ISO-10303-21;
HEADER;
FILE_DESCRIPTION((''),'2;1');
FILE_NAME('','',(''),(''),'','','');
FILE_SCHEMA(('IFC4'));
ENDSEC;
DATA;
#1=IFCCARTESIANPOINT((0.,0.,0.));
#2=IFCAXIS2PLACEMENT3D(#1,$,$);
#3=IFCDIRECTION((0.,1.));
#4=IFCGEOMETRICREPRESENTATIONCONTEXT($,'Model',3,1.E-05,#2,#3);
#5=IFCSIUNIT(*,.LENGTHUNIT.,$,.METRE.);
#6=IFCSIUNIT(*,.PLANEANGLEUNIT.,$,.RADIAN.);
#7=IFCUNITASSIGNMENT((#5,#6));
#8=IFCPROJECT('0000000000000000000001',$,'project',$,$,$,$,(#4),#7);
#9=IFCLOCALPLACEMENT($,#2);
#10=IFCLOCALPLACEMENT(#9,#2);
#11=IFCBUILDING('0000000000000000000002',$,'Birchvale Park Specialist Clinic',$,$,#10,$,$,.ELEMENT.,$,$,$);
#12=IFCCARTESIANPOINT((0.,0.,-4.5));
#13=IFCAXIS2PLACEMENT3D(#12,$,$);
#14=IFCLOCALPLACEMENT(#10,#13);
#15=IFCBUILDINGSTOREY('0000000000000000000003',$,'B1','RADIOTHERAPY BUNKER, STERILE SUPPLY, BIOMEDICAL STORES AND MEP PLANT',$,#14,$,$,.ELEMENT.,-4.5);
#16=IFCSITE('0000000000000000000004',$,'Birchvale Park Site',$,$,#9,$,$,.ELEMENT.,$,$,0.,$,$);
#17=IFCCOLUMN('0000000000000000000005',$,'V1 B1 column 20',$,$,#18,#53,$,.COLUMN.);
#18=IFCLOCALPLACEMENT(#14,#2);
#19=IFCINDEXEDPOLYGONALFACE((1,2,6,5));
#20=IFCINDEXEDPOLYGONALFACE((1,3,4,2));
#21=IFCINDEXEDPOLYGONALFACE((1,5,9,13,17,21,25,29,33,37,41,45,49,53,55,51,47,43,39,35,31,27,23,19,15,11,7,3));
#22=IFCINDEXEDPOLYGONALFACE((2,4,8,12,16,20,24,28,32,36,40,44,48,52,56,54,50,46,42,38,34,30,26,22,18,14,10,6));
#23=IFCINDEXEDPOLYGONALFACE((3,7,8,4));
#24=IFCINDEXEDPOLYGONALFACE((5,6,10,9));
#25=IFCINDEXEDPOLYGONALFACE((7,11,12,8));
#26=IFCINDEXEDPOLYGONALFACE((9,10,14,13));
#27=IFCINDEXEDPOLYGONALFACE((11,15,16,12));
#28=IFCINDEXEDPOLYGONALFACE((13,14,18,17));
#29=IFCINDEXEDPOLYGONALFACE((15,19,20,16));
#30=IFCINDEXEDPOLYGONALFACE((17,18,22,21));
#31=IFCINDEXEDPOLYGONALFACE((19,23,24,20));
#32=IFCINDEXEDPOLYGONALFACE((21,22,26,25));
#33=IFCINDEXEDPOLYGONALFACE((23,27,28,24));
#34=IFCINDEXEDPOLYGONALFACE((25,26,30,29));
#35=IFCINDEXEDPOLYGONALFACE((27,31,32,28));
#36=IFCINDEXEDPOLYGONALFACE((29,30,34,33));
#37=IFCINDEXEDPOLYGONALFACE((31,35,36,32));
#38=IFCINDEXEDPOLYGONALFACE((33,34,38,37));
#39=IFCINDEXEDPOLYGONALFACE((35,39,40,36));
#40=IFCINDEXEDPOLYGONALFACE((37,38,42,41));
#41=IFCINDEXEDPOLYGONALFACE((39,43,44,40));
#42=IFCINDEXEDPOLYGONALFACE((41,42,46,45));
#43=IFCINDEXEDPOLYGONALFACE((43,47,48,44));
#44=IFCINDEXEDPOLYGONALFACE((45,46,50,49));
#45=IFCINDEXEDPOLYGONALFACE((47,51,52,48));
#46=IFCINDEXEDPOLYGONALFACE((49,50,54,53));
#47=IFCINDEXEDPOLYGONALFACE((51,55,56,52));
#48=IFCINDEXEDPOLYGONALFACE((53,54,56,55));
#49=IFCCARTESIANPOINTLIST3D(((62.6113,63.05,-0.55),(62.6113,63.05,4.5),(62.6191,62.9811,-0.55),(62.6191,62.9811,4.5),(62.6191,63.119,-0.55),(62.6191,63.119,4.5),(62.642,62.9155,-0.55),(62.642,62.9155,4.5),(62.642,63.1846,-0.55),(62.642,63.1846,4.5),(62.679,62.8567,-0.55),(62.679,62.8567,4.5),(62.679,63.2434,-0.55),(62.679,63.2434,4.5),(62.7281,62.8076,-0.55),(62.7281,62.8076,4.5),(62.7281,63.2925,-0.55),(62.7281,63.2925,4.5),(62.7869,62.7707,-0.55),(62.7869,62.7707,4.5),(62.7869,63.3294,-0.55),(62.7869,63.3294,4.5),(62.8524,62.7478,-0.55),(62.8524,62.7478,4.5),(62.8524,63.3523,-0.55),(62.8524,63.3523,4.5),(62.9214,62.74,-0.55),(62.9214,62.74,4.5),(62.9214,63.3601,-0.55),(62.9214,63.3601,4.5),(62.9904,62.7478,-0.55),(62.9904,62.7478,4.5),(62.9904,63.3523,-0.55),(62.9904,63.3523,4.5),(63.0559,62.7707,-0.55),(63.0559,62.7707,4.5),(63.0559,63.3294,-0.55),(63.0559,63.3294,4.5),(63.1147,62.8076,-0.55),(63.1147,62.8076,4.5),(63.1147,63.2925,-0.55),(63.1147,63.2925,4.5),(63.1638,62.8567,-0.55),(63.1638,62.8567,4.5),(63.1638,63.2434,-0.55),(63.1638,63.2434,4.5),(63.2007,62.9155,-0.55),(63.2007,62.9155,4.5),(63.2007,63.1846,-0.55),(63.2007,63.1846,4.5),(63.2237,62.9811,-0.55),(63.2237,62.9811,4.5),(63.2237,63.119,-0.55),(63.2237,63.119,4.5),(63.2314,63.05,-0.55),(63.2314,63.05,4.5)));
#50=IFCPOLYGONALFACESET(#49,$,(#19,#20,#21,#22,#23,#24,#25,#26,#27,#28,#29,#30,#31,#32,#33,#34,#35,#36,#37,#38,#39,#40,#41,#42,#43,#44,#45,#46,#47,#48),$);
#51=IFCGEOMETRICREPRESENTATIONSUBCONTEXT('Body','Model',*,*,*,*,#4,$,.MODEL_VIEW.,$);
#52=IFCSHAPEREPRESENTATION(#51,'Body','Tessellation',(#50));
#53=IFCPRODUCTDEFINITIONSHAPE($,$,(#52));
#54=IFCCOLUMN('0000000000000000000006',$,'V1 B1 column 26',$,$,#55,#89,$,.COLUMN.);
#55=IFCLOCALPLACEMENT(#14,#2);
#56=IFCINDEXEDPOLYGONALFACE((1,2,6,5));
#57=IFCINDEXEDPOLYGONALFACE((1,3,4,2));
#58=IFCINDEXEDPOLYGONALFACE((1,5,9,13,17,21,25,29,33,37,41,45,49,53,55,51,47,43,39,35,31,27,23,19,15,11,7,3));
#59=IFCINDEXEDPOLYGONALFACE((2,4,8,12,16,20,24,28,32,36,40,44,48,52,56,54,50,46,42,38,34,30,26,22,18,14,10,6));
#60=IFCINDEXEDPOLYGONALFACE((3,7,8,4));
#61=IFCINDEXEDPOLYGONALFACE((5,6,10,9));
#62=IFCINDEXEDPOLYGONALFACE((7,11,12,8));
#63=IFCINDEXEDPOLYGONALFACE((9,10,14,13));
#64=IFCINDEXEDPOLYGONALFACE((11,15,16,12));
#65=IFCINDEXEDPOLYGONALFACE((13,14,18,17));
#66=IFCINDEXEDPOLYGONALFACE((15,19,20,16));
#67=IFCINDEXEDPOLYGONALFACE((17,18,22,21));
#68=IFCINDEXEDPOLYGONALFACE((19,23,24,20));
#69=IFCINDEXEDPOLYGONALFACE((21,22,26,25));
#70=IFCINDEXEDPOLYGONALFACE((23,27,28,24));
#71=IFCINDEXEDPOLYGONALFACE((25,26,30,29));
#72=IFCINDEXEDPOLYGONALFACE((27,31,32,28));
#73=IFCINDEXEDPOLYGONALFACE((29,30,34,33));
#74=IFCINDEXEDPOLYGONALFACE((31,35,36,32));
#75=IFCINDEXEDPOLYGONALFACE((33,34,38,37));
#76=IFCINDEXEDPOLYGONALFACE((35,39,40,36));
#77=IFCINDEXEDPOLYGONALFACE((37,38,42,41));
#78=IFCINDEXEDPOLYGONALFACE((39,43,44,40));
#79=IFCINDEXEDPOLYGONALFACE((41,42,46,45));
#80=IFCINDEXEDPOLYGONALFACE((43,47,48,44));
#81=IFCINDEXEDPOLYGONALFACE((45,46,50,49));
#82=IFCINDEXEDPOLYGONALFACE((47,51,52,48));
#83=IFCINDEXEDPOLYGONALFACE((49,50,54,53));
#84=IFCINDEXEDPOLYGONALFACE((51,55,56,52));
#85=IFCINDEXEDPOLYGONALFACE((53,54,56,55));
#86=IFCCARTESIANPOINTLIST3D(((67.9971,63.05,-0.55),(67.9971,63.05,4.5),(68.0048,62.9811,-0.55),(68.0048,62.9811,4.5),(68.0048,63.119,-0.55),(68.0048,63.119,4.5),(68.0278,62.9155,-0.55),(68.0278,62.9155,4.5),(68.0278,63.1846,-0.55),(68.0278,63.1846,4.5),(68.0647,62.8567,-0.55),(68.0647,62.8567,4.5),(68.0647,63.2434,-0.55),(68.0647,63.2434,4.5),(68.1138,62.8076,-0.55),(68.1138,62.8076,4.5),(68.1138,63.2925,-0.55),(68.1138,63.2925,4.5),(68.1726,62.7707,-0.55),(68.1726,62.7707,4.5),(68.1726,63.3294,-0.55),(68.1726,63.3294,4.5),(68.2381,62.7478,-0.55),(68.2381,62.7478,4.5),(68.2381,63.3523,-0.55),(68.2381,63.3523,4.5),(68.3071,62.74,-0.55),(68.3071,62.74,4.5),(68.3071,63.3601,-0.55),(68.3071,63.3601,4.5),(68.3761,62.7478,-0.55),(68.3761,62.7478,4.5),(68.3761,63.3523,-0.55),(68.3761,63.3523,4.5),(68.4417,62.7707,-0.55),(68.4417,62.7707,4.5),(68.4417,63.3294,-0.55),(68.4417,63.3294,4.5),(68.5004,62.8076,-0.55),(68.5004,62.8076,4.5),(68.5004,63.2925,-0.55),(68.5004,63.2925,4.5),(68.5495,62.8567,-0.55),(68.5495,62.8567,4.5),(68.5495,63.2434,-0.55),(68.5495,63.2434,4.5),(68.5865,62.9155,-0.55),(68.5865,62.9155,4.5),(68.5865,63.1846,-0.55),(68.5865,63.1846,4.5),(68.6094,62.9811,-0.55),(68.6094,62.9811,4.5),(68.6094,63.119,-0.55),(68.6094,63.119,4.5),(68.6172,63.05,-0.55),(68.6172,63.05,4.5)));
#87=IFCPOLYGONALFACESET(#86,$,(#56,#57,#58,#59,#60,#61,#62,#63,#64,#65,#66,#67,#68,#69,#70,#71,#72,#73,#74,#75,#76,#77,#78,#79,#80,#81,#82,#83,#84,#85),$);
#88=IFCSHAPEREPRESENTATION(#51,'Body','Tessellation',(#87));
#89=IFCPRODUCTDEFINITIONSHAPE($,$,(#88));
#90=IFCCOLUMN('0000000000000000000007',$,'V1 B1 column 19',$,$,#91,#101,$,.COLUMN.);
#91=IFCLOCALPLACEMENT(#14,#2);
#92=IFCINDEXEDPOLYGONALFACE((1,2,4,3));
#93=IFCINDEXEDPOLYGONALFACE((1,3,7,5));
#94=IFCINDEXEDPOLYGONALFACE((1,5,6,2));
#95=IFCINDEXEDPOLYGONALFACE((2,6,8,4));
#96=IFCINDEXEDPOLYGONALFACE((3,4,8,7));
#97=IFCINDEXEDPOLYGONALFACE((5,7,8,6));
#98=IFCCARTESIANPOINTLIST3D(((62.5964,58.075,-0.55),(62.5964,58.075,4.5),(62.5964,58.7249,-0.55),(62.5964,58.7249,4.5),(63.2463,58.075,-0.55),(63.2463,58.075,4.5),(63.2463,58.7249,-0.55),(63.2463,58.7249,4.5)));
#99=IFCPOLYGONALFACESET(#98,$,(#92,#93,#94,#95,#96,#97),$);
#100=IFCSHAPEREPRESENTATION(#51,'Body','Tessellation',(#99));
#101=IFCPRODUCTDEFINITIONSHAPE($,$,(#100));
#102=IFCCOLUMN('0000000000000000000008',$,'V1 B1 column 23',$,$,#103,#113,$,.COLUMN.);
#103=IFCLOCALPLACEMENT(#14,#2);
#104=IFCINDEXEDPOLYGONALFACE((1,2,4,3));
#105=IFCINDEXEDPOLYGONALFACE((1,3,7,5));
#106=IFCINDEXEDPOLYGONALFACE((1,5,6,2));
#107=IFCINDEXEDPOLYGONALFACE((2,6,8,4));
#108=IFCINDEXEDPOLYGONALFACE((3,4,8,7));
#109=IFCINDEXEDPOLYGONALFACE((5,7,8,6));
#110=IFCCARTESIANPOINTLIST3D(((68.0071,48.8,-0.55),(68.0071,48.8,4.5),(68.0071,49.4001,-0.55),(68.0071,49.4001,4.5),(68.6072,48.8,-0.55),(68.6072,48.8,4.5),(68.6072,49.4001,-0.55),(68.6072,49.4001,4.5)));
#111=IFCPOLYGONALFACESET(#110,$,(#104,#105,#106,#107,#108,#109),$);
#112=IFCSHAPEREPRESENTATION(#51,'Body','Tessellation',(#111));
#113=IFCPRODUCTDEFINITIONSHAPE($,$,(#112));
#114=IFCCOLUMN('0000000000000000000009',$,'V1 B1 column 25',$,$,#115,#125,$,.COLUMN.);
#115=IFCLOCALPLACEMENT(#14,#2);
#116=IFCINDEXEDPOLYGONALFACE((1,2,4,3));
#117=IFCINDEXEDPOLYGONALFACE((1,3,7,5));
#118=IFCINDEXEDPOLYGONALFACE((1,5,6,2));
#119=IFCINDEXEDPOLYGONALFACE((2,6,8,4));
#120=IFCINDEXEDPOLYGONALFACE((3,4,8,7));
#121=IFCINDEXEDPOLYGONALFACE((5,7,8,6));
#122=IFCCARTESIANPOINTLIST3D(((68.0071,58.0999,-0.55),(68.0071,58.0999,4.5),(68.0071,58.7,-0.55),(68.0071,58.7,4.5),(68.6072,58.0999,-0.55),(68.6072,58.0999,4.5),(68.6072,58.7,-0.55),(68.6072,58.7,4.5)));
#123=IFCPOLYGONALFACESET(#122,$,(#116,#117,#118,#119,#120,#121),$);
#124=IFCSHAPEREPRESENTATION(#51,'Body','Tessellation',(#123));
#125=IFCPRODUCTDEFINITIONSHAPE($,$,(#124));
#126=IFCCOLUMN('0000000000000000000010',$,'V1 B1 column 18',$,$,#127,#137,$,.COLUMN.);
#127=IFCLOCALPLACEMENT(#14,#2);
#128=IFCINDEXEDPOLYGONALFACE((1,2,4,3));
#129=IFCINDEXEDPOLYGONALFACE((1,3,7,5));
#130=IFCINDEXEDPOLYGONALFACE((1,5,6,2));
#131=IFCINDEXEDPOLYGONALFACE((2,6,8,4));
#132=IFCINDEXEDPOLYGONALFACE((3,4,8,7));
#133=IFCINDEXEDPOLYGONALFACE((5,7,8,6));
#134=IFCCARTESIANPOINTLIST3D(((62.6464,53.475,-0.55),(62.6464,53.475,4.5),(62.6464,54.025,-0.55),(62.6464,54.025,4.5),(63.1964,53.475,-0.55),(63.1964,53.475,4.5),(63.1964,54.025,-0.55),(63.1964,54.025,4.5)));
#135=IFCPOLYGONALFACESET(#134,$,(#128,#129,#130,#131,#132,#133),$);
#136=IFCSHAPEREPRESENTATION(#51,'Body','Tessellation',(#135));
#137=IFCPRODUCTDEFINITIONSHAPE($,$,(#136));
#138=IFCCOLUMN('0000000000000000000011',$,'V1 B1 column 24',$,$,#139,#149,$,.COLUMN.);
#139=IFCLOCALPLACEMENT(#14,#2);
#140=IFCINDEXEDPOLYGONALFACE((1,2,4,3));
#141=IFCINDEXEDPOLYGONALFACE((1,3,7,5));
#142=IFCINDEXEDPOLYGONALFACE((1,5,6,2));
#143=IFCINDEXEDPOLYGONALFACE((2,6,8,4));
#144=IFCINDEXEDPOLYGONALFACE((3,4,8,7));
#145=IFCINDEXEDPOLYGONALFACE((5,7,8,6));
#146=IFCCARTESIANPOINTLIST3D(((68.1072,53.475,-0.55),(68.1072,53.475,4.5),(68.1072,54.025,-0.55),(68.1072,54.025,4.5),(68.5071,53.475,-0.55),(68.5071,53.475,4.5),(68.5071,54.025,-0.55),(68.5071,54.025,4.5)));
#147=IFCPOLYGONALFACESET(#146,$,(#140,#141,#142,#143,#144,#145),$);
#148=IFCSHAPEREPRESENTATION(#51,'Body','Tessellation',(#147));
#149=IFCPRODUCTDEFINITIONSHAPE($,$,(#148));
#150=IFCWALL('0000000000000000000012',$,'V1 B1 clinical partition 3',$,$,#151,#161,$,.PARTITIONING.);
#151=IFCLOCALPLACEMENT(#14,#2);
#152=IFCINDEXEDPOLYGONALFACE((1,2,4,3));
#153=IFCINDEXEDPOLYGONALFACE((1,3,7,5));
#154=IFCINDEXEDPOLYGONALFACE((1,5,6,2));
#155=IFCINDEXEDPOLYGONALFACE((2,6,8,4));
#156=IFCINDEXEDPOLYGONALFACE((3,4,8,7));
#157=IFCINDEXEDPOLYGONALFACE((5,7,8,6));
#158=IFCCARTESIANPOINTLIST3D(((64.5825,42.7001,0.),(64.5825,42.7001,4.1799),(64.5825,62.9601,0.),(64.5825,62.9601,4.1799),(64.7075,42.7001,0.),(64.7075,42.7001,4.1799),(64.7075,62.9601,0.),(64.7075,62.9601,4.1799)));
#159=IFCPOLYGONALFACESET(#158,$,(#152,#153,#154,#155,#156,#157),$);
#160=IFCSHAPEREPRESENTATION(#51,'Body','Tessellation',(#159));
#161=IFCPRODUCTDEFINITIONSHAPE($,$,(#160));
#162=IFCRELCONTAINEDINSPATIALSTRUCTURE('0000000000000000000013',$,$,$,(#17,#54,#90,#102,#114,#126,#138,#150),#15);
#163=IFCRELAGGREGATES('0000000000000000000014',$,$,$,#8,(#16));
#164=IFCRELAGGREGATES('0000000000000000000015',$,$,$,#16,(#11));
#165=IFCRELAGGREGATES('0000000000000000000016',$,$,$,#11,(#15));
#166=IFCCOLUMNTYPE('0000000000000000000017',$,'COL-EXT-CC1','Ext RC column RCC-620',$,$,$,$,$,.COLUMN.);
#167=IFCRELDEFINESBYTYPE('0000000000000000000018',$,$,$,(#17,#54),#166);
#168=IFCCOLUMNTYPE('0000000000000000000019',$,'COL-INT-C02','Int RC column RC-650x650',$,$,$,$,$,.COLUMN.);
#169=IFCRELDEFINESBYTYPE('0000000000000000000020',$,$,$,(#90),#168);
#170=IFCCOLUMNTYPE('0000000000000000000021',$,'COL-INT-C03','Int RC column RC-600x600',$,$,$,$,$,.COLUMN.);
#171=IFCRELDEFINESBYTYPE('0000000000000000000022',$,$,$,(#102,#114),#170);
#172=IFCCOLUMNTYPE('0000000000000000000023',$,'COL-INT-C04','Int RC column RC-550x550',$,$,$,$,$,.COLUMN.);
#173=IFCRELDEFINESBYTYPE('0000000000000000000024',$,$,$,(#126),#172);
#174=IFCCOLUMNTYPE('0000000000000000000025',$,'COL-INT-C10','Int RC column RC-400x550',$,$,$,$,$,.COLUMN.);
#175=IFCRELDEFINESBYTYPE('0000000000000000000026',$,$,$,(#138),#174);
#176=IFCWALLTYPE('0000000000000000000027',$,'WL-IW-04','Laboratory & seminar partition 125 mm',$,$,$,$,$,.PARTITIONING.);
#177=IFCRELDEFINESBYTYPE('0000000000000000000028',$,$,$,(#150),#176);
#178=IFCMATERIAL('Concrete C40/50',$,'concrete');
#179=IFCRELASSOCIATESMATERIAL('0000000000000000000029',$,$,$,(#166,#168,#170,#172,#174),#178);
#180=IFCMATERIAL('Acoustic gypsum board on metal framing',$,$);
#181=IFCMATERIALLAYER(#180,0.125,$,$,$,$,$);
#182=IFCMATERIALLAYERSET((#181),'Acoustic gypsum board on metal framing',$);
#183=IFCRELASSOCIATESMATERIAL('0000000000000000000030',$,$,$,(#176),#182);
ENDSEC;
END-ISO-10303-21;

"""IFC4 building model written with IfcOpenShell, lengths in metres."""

from ifc_helpers import new_model, si_unit, direction, frame, frame_2d, origin, origin_2d, place, context, subcontext, project, spatial, rectangle, circle, extrude, material, layer, layer_set, material_profile, profile_set, type_object, element, save


model = new_model("IFC4")

# Units and contexts
model_context = context("Model", 3, precision=1e-05, world=origin(), true_north=direction((0.0, 1.0)))
body_context = subcontext(model_context, "Body", "Model", "MODEL_VIEW")
ifc_project = project(units=[si_unit("LENGTHUNIT", "METRE"), si_unit("PLANEANGLEUNIT", "RADIAN")], contexts=[model_context])

# Site, building, storey
site_placement = place(None, origin())
site = spatial("IfcSite", under=ifc_project, at=site_placement, Name="Birchvale Park Site", CompositionType="ELEMENT", RefElevation=0.0)
building_placement = place(site_placement, origin())
building = spatial("IfcBuilding", under=site, at=building_placement, Name="Birchvale Park Specialist Clinic", CompositionType="ELEMENT")
storey_placement = place(building_placement, frame((0.0, 0.0, -4.5)))
storey = spatial("IfcBuildingStorey", under=building, at=storey_placement, Name="B1", Description="RADIOTHERAPY BUNKER, STERILE SUPPLY, BIOMEDICAL STORES AND MEP PLANT", CompositionType="ELEMENT", Elevation=-4.5)

# Shared definitions
ifc_material_1 = material(Name="Concrete C40/50", Category="concrete")

# Columns
ifc_material_profile_1 = material_profile(ifc_material_1, circle(Radius=0.3101, at=origin_2d()), Name="RCC-620")
ifc_profile_set_1 = profile_set([ifc_material_profile_1], Name="Concrete C40/50")
column_type_1 = type_object("IfcColumnType", Name="COL-EXT-CC1", Description="Ext RC column RCC-620", PredefinedType="COLUMN", material=ifc_profile_set_1)
for number, where, z_axis, x_axis, name in (
    (1, (62.9214, 63.05, -0.55), (0.0, 0.0, 1.0), (1.0, 0.0, 0.0), "V1 B1 column 20"),
    (2, (68.3071, 63.05, -0.55), (0.0, 0.0, 1.0), (1.0, 0.0, 0.0), "V1 B1 column 26"),
):
    element("IfcColumn", number, at=place(storey_placement, frame(where, z_axis=z_axis, x_axis=x_axis)), inside=storey, type_object=column_type_1, Name=name, PredefinedType="COLUMN", context=body_context, shape_type="SweptSolid", body=[
        extrude(circle(Radius=0.3101, at=origin_2d()), origin(), (0.0, 0.0, 1.0), 5.05),
    ])
ifc_material_profile_2 = material_profile(ifc_material_1, rectangle(XDim=0.6499, YDim=0.6499, at=origin_2d()), Name="RC-650x650")
ifc_profile_set_2 = profile_set([ifc_material_profile_2], Name="Concrete C40/50")
column_type_2 = type_object("IfcColumnType", Name="COL-INT-C02", Description="Int RC column RC-650x650", PredefinedType="COLUMN", material=ifc_profile_set_2)
column_1_placement = place(storey_placement, frame((62.9214, 58.3999, -0.55), z_axis=(0.0, 0.0, 1.0), x_axis=(1.0, 0.0, 0.0)))
element("IfcColumn", 3, at=column_1_placement, inside=storey, type_object=column_type_2, Name="V1 B1 column 19", PredefinedType="COLUMN", context=body_context, shape_type="SweptSolid", body=[
    extrude(rectangle(XDim=0.6499, YDim=0.6499, at=origin_2d()), origin(), (0.0, 0.0, 1.0), 5.05),
])
ifc_material_profile_3 = material_profile(ifc_material_1, rectangle(XDim=0.6001, YDim=0.6001, at=origin_2d()), Name="RC-600x600")
ifc_profile_set_3 = profile_set([ifc_material_profile_3], Name="Concrete C40/50")
column_type_3 = type_object("IfcColumnType", Name="COL-INT-C03", Description="Int RC column RC-600x600", PredefinedType="COLUMN", material=ifc_profile_set_3)
for number, where, z_axis, x_axis, name in (
    (4, (68.3071, 49.1001, -0.55), (0.0, 0.0, 1.0), (1.0, 0.0, 0.0), "V1 B1 column 23"),
    (5, (68.3071, 58.3999, -0.55), (0.0, 0.0, 1.0), (1.0, 0.0, 0.0), "V1 B1 column 25"),
):
    element("IfcColumn", number, at=place(storey_placement, frame(where, z_axis=z_axis, x_axis=x_axis)), inside=storey, type_object=column_type_3, Name=name, PredefinedType="COLUMN", context=body_context, shape_type="SweptSolid", body=[
        extrude(rectangle(XDim=0.6001, YDim=0.6001, at=origin_2d()), origin(), (0.0, 0.0, 1.0), 5.05),
    ])
ifc_material_profile_4 = material_profile(ifc_material_1, rectangle(XDim=0.55, YDim=0.55, at=origin_2d()), Name="RC-550x550")
ifc_profile_set_4 = profile_set([ifc_material_profile_4], Name="Concrete C40/50")
column_type_4 = type_object("IfcColumnType", Name="COL-INT-C04", Description="Int RC column RC-550x550", PredefinedType="COLUMN", material=ifc_profile_set_4)
column_2_placement = place(storey_placement, frame((62.9214, 53.75, -0.55), z_axis=(0.0, 0.0, 1.0), x_axis=(1.0, 0.0, 0.0)))
element("IfcColumn", 6, at=column_2_placement, inside=storey, type_object=column_type_4, Name="V1 B1 column 18", PredefinedType="COLUMN", context=body_context, shape_type="SweptSolid", body=[
    extrude(rectangle(XDim=0.55, YDim=0.55, at=origin_2d()), origin(), (0.0, 0.0, 1.0), 5.05),
])
ifc_material_profile_5 = material_profile(ifc_material_1, rectangle(XDim=0.3999, YDim=0.55, at=origin_2d()), Name="RC-400x550")
ifc_profile_set_5 = profile_set([ifc_material_profile_5], Name="Concrete C40/50")
column_type_5 = type_object("IfcColumnType", Name="COL-INT-C10", Description="Int RC column RC-400x550", PredefinedType="COLUMN", material=ifc_profile_set_5)
column_3_placement = place(storey_placement, frame((68.3071, 53.75, -0.55), z_axis=(0.0, 0.0, 1.0), x_axis=(1.0, 0.0, 0.0)))
element("IfcColumn", 7, at=column_3_placement, inside=storey, type_object=column_type_5, Name="V1 B1 column 24", PredefinedType="COLUMN", context=body_context, shape_type="SweptSolid", body=[
    extrude(rectangle(XDim=0.3999, YDim=0.55, at=origin_2d()), origin(), (0.0, 0.0, 1.0), 5.05),
])

# Wall
ifc_material_2 = material(Name="Acoustic gypsum board on metal framing")
ifc_layer = layer(ifc_material_2, 0.125)
ifc_layer_set = layer_set([ifc_layer], Name="Acoustic gypsum board on metal framing")
wall_type = type_object("IfcWallType", Name="WL-IW-04", Description="Laboratory & seminar partition 125 mm", PredefinedType="PARTITIONING", material=ifc_layer_set)
wall_placement = place(storey_placement, frame((64.645, 62.96, 0.0), z_axis=(0.0, 0.0, 1.0), x_axis=(0.0, -1.0, 0.0)))
element("IfcWall", 8, at=wall_placement, inside=storey, type_object=wall_type, Name="V1 B1 clinical partition 3", PredefinedType="PARTITIONING", context=body_context, shape_type="SweptSolid", body=[
    extrude(rectangle(XDim=20.26, YDim=0.125, at=frame_2d((10.1299, 0.0))), origin(), (0.0, 0.0, 1.0), 4.1799),
])

save(model, "model.ifc")
